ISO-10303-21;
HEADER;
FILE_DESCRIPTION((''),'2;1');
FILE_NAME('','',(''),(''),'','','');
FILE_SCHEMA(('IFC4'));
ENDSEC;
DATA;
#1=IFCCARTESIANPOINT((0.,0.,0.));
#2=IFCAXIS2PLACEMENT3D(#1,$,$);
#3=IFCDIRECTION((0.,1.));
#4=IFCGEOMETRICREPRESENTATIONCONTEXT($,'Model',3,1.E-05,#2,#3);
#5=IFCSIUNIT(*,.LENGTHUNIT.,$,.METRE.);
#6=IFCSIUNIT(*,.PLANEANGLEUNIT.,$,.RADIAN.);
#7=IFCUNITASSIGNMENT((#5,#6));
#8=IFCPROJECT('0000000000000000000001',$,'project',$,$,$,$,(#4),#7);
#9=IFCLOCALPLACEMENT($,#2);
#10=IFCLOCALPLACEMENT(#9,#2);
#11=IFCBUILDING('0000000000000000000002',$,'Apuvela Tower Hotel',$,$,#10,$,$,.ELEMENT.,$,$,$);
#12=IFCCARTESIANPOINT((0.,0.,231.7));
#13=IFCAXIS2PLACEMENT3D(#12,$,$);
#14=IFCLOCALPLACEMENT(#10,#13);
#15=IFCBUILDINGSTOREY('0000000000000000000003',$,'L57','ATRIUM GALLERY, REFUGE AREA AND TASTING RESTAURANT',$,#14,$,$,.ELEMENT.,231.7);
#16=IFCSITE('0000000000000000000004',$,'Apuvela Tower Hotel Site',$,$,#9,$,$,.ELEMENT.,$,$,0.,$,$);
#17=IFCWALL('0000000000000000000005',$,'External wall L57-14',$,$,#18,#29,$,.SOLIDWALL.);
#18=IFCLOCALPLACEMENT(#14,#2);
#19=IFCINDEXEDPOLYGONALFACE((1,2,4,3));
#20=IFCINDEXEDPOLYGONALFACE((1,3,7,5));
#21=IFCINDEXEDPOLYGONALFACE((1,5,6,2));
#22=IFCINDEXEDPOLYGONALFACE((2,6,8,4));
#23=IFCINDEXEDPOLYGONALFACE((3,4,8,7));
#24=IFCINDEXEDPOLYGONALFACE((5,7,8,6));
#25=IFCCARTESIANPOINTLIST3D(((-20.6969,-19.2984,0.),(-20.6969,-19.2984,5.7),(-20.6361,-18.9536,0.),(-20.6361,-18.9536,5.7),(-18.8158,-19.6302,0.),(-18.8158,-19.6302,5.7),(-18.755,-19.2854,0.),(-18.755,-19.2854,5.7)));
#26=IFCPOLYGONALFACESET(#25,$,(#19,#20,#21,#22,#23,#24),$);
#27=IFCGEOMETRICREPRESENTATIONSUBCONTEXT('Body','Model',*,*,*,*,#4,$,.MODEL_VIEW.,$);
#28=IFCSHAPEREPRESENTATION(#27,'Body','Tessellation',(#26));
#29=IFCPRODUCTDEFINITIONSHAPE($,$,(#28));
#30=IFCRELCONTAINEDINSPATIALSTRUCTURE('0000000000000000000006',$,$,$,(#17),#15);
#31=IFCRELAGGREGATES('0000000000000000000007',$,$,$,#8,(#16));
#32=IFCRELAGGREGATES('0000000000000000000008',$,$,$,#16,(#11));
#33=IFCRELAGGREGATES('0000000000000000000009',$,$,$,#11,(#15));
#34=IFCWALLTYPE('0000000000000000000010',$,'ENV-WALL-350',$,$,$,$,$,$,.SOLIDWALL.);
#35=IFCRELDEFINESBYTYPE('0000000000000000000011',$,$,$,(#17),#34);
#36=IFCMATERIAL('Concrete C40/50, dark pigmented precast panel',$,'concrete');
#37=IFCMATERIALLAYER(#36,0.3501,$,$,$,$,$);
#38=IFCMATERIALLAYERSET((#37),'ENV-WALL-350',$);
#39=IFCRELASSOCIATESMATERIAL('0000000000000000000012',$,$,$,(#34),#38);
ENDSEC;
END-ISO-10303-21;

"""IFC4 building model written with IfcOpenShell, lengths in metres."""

from ifc_helpers import new_model, si_unit, direction, frame, frame_2d, origin, place, context, subcontext, project, spatial, rectangle, extrude, material, layer, layer_set, type_object, element, save


model = new_model("IFC4")

# Units and contexts
model_context = context("Model", 3, precision=1e-05, world=origin(), true_north=direction((0.0, 1.0)))
body_context = subcontext(model_context, "Body", "Model", "MODEL_VIEW")
ifc_project = project(units=[si_unit("LENGTHUNIT", "METRE"), si_unit("PLANEANGLEUNIT", "RADIAN")], contexts=[model_context])

# Site, building, storey
site_placement = place(None, origin())
site = spatial("IfcSite", under=ifc_project, at=site_placement, Name="Apuvela Tower Hotel Site", CompositionType="ELEMENT", RefElevation=0.0)
building_placement = place(site_placement, origin())
building = spatial("IfcBuilding", under=site, at=building_placement, Name="Apuvela Tower Hotel", CompositionType="ELEMENT")
storey_placement = place(building_placement, frame((0.0, 0.0, 231.7)))
storey = spatial("IfcBuildingStorey", under=building, at=storey_placement, Name="L57", Description="ATRIUM GALLERY, REFUGE AREA AND TASTING RESTAURANT", CompositionType="ELEMENT", Elevation=231.7)

# Wall
ifc_material_1 = material(Name="Concrete C40/50, dark pigmented precast panel", Category="concrete")
ifc_layer_1 = layer(ifc_material_1, 0.3501)
ifc_layer_set_1 = layer_set([ifc_layer_1], Name="ENV-WALL-350")
wall_type_1 = type_object("IfcWallType", Name="ENV-WALL-350", PredefinedType="SOLIDWALL", material=ifc_layer_set_1)
wall_1_placement = place(storey_placement, frame((-20.6665, -19.126, 0.0), z_axis=(0.0, 0.0, 1.0), x_axis=(0.984799, -0.173698, 0.0)))
element("IfcWall", 1, at=wall_1_placement, inside=storey, type_object=wall_type_1, Name="External wall L57-14", PredefinedType="SOLIDWALL", context=body_context, shape_type="SweptSolid", body=[
    extrude(rectangle(XDim=1.9102, YDim=0.3501, at=frame_2d((0.9551, 0.0))), origin(), (0.0, 0.0, 1.0), 5.7),
])

save(model, "model.ifc")
